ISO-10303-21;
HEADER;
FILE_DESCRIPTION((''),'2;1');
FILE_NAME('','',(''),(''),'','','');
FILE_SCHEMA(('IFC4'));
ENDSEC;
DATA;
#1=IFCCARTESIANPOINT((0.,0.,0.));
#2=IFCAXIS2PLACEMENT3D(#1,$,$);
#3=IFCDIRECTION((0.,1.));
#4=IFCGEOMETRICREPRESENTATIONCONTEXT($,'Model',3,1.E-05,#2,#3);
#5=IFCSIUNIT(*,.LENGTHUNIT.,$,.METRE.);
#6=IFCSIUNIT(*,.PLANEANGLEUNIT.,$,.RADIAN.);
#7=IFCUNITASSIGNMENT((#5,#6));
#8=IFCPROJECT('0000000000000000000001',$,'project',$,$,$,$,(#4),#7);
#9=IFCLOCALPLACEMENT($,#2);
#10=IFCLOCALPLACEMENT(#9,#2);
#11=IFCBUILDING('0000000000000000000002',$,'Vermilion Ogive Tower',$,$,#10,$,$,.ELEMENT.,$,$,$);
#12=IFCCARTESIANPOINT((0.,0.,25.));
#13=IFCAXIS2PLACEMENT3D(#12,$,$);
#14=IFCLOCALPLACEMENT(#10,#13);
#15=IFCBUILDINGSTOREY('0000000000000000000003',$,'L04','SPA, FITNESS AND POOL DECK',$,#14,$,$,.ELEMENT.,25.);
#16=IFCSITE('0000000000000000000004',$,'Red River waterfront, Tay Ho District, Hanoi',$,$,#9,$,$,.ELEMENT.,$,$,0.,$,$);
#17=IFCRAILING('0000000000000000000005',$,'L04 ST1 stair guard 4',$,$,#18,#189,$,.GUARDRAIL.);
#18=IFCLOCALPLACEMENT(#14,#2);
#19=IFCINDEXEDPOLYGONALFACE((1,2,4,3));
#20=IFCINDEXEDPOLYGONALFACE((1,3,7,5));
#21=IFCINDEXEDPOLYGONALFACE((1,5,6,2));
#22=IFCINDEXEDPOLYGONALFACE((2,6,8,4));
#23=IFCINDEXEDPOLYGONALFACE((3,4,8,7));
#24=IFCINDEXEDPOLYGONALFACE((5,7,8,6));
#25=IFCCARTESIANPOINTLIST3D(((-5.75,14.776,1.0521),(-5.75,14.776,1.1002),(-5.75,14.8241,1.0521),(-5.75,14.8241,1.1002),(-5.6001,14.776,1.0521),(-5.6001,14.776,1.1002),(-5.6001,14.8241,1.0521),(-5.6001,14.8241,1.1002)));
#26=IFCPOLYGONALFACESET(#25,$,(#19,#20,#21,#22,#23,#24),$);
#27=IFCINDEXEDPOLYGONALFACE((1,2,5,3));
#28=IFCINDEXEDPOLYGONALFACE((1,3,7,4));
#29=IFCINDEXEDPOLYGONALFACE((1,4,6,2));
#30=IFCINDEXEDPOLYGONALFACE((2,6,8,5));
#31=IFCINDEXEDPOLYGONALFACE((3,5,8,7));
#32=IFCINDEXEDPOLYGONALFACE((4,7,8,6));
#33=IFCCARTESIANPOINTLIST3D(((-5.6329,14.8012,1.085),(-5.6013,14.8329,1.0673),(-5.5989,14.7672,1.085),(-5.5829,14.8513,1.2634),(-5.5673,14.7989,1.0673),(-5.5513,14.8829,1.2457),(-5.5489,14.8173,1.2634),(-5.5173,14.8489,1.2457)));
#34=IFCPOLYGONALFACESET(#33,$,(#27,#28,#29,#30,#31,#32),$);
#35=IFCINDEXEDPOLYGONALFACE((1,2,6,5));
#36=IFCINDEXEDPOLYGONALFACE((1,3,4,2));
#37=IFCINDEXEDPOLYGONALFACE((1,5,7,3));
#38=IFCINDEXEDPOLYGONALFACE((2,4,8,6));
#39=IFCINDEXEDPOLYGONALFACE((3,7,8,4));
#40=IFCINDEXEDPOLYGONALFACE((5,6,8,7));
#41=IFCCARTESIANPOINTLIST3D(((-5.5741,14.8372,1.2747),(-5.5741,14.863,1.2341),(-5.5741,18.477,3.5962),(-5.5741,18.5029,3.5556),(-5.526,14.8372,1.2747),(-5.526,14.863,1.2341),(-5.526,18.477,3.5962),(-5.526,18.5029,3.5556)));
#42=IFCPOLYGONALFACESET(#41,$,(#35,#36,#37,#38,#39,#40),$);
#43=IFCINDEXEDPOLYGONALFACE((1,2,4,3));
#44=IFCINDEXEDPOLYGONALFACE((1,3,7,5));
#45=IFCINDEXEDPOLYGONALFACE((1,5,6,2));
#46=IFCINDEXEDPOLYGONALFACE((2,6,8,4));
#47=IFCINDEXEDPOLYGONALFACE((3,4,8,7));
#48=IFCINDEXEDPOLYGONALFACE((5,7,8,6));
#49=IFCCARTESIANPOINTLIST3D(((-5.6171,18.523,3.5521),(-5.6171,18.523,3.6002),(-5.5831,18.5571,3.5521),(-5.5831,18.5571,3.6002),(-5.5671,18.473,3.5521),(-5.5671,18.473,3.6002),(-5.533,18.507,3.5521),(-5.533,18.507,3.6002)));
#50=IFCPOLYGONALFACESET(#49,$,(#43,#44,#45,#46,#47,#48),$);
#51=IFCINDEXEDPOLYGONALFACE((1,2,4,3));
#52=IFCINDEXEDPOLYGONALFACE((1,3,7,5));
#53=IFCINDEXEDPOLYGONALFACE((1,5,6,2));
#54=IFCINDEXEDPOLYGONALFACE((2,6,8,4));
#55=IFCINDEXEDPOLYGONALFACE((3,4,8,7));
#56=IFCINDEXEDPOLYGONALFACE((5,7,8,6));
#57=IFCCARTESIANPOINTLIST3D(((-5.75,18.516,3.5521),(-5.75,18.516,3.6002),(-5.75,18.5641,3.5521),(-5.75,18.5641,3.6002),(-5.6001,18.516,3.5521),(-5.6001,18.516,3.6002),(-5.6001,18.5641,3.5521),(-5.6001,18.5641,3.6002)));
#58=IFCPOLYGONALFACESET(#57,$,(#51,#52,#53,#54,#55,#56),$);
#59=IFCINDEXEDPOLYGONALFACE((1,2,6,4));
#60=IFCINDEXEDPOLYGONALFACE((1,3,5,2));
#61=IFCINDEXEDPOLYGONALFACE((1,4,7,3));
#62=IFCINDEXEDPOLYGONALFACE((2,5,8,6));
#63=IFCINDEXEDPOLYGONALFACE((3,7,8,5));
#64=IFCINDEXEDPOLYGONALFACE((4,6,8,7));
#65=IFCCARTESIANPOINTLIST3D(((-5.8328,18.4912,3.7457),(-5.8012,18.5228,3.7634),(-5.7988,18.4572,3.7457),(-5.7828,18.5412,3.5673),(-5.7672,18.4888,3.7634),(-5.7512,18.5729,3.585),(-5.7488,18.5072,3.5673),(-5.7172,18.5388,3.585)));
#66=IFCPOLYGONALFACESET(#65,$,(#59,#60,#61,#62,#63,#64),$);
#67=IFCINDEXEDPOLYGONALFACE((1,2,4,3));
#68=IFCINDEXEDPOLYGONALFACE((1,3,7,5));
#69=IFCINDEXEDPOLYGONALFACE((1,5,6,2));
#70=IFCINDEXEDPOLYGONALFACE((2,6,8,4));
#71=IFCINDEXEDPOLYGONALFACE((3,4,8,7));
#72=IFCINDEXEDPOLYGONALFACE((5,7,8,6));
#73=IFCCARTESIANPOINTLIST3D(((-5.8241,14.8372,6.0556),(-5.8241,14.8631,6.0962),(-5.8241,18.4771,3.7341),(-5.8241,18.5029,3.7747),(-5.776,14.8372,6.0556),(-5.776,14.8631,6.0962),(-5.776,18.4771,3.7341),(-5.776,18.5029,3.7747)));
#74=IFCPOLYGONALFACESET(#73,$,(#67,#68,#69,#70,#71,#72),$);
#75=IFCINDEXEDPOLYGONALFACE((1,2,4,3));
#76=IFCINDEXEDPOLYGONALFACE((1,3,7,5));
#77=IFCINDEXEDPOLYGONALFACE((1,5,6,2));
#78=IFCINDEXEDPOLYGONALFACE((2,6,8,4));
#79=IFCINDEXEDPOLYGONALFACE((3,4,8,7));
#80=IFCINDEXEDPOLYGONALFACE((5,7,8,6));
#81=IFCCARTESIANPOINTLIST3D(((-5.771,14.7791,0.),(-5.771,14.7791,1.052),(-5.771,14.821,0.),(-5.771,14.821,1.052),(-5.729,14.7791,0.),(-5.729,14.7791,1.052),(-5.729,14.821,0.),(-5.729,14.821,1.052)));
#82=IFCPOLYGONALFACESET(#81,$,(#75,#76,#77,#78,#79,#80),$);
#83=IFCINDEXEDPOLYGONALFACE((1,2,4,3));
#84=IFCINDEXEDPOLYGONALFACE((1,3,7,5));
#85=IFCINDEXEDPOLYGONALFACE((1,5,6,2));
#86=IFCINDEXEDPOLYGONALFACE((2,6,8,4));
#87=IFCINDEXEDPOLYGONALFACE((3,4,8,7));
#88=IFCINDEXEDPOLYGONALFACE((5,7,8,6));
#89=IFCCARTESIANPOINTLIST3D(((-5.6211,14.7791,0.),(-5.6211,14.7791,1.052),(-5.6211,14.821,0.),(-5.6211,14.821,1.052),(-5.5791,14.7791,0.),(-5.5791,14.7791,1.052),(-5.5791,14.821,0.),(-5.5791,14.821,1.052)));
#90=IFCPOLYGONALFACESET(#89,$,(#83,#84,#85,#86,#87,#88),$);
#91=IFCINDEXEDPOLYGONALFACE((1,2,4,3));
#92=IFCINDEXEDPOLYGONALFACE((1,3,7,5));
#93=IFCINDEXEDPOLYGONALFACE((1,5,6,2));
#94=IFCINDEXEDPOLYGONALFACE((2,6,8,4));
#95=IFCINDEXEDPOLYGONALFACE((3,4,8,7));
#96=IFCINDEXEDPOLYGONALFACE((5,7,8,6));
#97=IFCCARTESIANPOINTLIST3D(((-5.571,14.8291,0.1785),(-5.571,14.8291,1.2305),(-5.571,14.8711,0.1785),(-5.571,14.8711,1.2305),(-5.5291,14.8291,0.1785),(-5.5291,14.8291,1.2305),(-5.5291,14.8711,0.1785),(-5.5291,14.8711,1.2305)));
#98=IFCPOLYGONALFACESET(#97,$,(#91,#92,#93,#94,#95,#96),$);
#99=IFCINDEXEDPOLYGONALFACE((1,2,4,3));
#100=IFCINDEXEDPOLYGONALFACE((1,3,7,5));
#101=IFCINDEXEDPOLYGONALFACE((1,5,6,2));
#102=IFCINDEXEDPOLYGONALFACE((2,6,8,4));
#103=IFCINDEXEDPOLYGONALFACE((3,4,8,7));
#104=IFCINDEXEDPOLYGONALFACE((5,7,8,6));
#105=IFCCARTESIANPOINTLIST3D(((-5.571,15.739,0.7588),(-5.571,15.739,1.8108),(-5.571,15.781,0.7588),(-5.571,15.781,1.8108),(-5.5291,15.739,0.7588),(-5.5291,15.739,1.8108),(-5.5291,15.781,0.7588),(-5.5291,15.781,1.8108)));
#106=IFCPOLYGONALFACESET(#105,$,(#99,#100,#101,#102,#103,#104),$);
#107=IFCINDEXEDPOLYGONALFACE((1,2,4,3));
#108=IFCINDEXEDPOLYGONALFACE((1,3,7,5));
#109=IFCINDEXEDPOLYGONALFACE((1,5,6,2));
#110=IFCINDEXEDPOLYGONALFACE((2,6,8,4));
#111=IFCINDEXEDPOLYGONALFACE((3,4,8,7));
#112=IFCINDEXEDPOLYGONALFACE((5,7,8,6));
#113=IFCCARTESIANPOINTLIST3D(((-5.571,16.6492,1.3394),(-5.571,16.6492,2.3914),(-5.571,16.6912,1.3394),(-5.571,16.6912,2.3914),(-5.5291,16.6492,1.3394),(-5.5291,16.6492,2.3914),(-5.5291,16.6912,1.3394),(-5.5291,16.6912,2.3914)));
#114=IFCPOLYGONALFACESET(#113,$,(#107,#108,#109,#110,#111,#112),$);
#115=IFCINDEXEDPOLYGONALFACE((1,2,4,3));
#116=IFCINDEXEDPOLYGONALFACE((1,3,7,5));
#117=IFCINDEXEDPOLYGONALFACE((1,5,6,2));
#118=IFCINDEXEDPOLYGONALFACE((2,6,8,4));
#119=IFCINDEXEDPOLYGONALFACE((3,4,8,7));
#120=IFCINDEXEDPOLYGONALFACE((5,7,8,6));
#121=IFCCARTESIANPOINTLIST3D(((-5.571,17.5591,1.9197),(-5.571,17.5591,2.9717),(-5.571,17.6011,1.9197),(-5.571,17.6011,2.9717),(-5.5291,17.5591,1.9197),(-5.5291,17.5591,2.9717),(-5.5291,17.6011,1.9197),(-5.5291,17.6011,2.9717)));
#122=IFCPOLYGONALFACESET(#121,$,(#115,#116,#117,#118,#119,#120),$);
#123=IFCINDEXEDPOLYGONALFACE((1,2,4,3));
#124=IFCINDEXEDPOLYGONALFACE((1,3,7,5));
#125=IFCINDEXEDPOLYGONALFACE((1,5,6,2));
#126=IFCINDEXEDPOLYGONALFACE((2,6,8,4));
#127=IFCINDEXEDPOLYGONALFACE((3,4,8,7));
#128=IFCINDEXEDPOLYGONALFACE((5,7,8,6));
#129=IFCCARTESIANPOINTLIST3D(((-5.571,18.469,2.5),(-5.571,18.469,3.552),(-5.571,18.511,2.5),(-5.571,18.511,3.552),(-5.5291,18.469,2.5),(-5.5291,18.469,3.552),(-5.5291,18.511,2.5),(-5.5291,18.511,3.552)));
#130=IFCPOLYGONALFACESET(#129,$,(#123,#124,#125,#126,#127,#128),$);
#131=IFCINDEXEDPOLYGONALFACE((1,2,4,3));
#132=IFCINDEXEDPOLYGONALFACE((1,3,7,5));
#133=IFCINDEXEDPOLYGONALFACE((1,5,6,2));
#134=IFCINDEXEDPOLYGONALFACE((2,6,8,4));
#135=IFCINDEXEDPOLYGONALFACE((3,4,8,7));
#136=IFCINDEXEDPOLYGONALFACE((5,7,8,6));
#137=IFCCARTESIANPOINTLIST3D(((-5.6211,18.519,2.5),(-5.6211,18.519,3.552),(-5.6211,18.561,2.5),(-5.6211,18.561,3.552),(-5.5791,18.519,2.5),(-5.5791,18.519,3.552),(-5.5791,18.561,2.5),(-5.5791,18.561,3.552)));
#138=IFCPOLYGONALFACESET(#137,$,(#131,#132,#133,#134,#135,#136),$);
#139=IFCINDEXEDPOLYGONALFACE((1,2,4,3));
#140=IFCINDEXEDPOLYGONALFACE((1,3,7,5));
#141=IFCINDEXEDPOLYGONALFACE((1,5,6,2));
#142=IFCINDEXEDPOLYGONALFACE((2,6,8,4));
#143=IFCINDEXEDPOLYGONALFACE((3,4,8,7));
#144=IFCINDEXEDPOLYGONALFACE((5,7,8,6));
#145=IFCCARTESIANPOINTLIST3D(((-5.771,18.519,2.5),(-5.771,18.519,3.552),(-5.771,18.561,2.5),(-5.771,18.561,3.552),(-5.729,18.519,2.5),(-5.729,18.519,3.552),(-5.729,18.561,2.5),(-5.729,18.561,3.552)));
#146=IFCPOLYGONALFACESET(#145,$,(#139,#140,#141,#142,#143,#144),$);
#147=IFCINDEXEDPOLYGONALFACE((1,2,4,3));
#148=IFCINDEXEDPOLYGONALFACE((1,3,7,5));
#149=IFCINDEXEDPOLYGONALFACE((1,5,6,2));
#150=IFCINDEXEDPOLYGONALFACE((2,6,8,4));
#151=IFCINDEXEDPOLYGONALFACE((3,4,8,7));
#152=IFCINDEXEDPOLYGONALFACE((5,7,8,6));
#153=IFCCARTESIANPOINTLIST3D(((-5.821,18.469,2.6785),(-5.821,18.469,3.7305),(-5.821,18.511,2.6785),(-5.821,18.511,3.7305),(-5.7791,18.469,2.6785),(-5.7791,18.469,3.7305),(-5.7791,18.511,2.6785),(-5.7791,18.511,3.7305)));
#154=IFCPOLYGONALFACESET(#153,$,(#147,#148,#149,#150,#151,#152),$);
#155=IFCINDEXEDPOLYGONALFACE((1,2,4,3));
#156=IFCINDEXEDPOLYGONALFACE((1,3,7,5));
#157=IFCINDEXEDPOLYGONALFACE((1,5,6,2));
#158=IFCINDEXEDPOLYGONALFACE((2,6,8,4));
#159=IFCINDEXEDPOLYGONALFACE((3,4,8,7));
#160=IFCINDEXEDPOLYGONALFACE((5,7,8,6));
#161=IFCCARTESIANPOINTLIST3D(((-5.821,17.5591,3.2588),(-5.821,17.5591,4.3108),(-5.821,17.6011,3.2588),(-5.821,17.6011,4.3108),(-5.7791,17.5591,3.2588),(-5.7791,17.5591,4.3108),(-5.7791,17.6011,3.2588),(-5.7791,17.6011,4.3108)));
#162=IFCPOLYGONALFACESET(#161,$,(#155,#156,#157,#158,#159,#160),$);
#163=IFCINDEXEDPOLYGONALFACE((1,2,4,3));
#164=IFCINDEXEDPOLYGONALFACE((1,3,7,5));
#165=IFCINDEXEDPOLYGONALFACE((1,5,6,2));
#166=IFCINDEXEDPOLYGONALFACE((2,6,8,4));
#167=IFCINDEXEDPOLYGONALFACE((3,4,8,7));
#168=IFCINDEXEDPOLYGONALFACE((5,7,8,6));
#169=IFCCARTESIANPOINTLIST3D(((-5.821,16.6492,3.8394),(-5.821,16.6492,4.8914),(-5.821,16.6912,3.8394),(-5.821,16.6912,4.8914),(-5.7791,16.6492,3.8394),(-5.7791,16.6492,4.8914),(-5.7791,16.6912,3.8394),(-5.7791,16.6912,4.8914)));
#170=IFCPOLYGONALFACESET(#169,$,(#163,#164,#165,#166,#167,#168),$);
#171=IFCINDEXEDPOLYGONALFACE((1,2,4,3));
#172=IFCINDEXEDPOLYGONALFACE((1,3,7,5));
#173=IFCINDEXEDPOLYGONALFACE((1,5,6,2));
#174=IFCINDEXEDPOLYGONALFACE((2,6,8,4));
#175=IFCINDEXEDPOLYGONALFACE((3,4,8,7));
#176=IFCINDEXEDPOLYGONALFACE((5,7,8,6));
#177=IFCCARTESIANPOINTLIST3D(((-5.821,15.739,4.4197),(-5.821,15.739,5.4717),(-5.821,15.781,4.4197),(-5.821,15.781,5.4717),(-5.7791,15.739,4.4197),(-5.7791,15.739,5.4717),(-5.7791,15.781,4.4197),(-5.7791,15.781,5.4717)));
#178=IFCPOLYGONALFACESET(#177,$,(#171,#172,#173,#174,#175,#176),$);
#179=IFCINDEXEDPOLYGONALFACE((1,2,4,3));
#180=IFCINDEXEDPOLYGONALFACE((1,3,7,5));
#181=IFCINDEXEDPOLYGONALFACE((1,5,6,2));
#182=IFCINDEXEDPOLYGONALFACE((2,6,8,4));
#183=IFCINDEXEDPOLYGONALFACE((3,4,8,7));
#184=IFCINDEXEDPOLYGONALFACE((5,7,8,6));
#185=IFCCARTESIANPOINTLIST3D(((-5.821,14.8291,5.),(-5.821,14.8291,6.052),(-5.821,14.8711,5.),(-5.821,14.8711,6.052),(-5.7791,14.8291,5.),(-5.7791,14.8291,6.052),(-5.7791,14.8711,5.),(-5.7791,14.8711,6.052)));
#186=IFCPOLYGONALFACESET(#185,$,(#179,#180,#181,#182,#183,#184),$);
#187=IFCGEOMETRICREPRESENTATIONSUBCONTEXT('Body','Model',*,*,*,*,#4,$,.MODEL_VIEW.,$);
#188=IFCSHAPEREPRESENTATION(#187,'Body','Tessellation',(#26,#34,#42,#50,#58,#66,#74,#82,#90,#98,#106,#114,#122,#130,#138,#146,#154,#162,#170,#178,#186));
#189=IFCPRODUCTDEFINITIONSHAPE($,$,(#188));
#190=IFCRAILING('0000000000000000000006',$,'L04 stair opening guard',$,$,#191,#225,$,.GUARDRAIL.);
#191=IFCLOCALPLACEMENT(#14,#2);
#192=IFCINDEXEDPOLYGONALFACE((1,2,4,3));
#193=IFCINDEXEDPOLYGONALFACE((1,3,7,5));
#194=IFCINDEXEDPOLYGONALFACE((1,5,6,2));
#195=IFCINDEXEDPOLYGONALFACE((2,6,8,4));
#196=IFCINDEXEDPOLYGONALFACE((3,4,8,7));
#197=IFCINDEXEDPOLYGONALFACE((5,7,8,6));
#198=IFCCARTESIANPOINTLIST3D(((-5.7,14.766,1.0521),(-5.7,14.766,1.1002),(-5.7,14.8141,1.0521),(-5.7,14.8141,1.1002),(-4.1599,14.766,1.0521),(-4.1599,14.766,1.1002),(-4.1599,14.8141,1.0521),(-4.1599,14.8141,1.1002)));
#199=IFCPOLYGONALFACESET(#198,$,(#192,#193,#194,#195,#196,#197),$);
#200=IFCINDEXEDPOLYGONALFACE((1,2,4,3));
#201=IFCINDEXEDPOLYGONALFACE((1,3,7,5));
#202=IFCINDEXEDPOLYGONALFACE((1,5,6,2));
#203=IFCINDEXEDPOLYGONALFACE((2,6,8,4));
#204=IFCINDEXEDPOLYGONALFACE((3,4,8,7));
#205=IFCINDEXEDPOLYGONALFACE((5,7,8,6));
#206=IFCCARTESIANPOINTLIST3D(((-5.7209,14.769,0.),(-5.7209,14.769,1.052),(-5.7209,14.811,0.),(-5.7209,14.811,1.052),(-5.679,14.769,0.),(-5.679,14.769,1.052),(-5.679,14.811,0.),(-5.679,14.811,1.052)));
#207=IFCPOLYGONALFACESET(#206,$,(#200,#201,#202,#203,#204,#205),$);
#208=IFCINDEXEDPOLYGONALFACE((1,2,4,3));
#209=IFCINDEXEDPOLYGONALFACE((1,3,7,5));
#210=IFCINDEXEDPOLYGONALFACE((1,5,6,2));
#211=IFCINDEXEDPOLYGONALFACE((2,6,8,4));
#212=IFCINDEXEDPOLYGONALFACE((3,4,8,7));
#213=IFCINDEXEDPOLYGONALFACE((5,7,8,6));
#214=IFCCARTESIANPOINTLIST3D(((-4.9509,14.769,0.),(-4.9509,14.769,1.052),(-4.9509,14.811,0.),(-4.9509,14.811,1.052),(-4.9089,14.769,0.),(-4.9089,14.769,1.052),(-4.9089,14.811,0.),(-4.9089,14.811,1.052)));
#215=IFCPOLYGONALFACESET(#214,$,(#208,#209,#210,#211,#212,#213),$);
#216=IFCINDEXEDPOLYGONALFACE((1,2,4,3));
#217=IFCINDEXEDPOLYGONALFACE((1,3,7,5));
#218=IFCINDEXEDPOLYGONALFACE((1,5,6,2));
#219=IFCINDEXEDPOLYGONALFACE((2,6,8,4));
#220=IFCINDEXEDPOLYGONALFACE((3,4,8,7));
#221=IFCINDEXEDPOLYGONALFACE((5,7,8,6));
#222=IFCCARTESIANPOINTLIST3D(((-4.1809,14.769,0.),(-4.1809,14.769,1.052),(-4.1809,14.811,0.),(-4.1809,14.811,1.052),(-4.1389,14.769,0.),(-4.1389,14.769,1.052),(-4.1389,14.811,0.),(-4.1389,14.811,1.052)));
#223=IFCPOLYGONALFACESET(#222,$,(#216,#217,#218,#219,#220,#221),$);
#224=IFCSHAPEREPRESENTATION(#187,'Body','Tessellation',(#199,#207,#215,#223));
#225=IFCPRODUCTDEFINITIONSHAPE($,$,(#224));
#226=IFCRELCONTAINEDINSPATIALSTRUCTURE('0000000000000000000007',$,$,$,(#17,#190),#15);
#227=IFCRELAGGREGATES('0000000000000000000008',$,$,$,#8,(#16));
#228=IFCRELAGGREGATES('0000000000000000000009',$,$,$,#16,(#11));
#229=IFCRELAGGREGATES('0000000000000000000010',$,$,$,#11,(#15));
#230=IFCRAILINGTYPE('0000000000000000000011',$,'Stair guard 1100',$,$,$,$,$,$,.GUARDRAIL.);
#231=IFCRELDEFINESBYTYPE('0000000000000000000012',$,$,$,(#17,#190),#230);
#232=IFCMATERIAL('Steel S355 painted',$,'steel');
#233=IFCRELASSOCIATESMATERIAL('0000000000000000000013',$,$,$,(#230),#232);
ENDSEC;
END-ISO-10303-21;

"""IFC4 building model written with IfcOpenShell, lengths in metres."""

from ifc_helpers import new_model, si_unit, direction, frame, origin, origin_2d, place, context, subcontext, project, spatial, rectangle, extrude, material, type_object, element, save


model = new_model("IFC4")

# Units and contexts
model_context = context("Model", 3, precision=1e-05, world=origin(), true_north=direction((0.0, 1.0)))
body_context = subcontext(model_context, "Body", "Model", "MODEL_VIEW")
ifc_project = project(units=[si_unit("LENGTHUNIT", "METRE"), si_unit("PLANEANGLEUNIT", "RADIAN")], contexts=[model_context])

# Site, building, storey
site_placement = place(None, origin())
site = spatial("IfcSite", under=ifc_project, at=site_placement, Name="Red River waterfront, Tay Ho District, Hanoi", CompositionType="ELEMENT", RefElevation=0.0)
building_placement = place(site_placement, origin())
building = spatial("IfcBuilding", under=site, at=building_placement, Name="Vermilion Ogive Tower", CompositionType="ELEMENT")
storey_placement = place(building_placement, frame((0.0, 0.0, 25.0)))
storey = spatial("IfcBuildingStorey", under=building, at=storey_placement, Name="L04", Description="SPA, FITNESS AND POOL DECK", CompositionType="ELEMENT", Elevation=25.0)

# Railings
ifc_material_1 = material(Name="Steel S355 painted", Category="steel")
railing_type_1 = type_object("IfcRailingType", Name="Stair guard 1100", PredefinedType="GUARDRAIL", material=ifc_material_1)
railing_1_placement = place(storey_placement, frame((-5.75, 14.8, 0.0)))
element("IfcRailing", 1, at=railing_1_placement, inside=storey, type_object=railing_type_1, Name="L04 ST1 stair guard 4", PredefinedType="GUARDRAIL", context=body_context, shape_type="SweptSolid", body=[
    extrude(rectangle(XDim=0.0481, YDim=0.0481, at=origin_2d()), frame((0.0, 0.0, 1.0762), z_axis=(1.0, 0.0, 0.0), x_axis=(0.0, 1.0, 0.0)), (0.0, 0.0, 1.0), 0.1499),
    extrude(rectangle(XDim=0.0481, YDim=0.0481, at=origin_2d()), frame((0.1499, 0.0, 1.0762), z_axis=(0.260685, 0.260685, 0.929563), x_axis=(-0.707107, 0.707107, 0.0)), (0.0, 0.0, 1.0), 0.1919),
    extrude(rectangle(XDim=0.0481, YDim=0.0481, at=origin_2d()), frame((0.2, 0.05, 1.2544), z_axis=(0.0, 0.843112, 0.537739), x_axis=(-1.0, 0.0, 0.0)), (0.0, 0.0, 1.0), 4.3171),
    extrude(rectangle(XDim=0.0481, YDim=0.0481, at=origin_2d()), frame((0.2, 3.6899, 3.5762), z_axis=(-0.707107, 0.707107, 0.0), x_axis=(-0.707107, -0.707107, 0.0)), (0.0, 0.0, 1.0), 0.0708),
    extrude(rectangle(XDim=0.0481, YDim=0.0481, at=origin_2d()), frame((0.1499, 3.74, 3.5762), z_axis=(-1.0, 0.0, 0.0), x_axis=(0.0, -1.0, 0.0)), (0.0, 0.0, 1.0), 0.1499),
    extrude(rectangle(XDim=0.0481, YDim=0.0481, at=origin_2d()), frame((0.0, 3.74, 3.5762), z_axis=(-0.260685, -0.260685, 0.929563), x_axis=(0.707107, -0.707107, 0.0)), (0.0, 0.0, 1.0), 0.1919),
    extrude(rectangle(XDim=0.0481, YDim=0.0481, at=origin_2d()), frame((-0.05, 3.6899, 3.7544), z_axis=(0.0, -0.843112, 0.537739), x_axis=(1.0, 0.0, 0.0)), (0.0, 0.0, 1.0), 4.3171),
    extrude(rectangle(XDim=0.042, YDim=0.042, at=origin_2d()), origin(), (0.0, 0.0, 1.0), 1.052),
    extrude(rectangle(XDim=0.042, YDim=0.042, at=origin_2d()), frame((0.1499, 0.0, 0.0)), (0.0, 0.0, 1.0), 1.052),
    extrude(rectangle(XDim=0.042, YDim=0.042, at=origin_2d()), frame((0.2, 0.05, 0.1785)), (0.0, 0.0, 1.0), 1.052),
    extrude(rectangle(XDim=0.042, YDim=0.042, at=origin_2d()), frame((0.2, 0.96, 0.7588)), (0.0, 0.0, 1.0), 1.052),
    extrude(rectangle(XDim=0.042, YDim=0.042, at=origin_2d()), frame((0.2, 1.8701, 1.3394)), (0.0, 0.0, 1.0), 1.052),
    extrude(rectangle(XDim=0.042, YDim=0.042, at=origin_2d()), frame((0.2, 2.78, 1.9197)), (0.0, 0.0, 1.0), 1.052),
    extrude(rectangle(XDim=0.042, YDim=0.042, at=origin_2d()), frame((0.2, 3.6899, 2.5)), (0.0, 0.0, 1.0), 1.052),
    extrude(rectangle(XDim=0.042, YDim=0.042, at=origin_2d()), frame((0.1499, 3.74, 2.5)), (0.0, 0.0, 1.0), 1.052),
    extrude(rectangle(XDim=0.042, YDim=0.042, at=origin_2d()), frame((0.0, 3.74, 2.5)), (0.0, 0.0, 1.0), 1.052),
    extrude(rectangle(XDim=0.042, YDim=0.042, at=origin_2d()), frame((-0.05, 3.6899, 2.6785)), (0.0, 0.0, 1.0), 1.052),
    extrude(rectangle(XDim=0.042, YDim=0.042, at=origin_2d()), frame((-0.05, 2.78, 3.2588)), (0.0, 0.0, 1.0), 1.052),
    extrude(rectangle(XDim=0.042, YDim=0.042, at=origin_2d()), frame((-0.05, 1.8701, 3.8394)), (0.0, 0.0, 1.0), 1.052),
    extrude(rectangle(XDim=0.042, YDim=0.042, at=origin_2d()), frame((-0.05, 0.96, 4.4197)), (0.0, 0.0, 1.0), 1.052),
    extrude(rectangle(XDim=0.042, YDim=0.042, at=origin_2d()), frame((-0.05, 0.05, 5.0)), (0.0, 0.0, 1.0), 1.052),
])
railing_2_placement = place(storey_placement, frame((-5.7, 14.79, 0.0)))
element("IfcRailing", 2, at=railing_2_placement, inside=storey, type_object=railing_type_1, Name="L04 stair opening guard", PredefinedType="GUARDRAIL", context=body_context, shape_type="SweptSolid", body=[
    extrude(rectangle(XDim=0.0481, YDim=0.0481, at=origin_2d()), frame((0.0, 0.0, 1.0762), z_axis=(1.0, 0.0, 0.0), x_axis=(0.0, 1.0, 0.0)), (0.0, 0.0, 1.0), 1.54),
    extrude(rectangle(XDim=0.042, YDim=0.042, at=origin_2d()), origin(), (0.0, 0.0, 1.0), 1.052),
    extrude(rectangle(XDim=0.042, YDim=0.042, at=origin_2d()), frame((0.77, 0.0, 0.0)), (0.0, 0.0, 1.0), 1.052),
    extrude(rectangle(XDim=0.042, YDim=0.042, at=origin_2d()), frame((1.54, 0.0, 0.0)), (0.0, 0.0, 1.0), 1.052),
])

save(model, "model.ifc")
